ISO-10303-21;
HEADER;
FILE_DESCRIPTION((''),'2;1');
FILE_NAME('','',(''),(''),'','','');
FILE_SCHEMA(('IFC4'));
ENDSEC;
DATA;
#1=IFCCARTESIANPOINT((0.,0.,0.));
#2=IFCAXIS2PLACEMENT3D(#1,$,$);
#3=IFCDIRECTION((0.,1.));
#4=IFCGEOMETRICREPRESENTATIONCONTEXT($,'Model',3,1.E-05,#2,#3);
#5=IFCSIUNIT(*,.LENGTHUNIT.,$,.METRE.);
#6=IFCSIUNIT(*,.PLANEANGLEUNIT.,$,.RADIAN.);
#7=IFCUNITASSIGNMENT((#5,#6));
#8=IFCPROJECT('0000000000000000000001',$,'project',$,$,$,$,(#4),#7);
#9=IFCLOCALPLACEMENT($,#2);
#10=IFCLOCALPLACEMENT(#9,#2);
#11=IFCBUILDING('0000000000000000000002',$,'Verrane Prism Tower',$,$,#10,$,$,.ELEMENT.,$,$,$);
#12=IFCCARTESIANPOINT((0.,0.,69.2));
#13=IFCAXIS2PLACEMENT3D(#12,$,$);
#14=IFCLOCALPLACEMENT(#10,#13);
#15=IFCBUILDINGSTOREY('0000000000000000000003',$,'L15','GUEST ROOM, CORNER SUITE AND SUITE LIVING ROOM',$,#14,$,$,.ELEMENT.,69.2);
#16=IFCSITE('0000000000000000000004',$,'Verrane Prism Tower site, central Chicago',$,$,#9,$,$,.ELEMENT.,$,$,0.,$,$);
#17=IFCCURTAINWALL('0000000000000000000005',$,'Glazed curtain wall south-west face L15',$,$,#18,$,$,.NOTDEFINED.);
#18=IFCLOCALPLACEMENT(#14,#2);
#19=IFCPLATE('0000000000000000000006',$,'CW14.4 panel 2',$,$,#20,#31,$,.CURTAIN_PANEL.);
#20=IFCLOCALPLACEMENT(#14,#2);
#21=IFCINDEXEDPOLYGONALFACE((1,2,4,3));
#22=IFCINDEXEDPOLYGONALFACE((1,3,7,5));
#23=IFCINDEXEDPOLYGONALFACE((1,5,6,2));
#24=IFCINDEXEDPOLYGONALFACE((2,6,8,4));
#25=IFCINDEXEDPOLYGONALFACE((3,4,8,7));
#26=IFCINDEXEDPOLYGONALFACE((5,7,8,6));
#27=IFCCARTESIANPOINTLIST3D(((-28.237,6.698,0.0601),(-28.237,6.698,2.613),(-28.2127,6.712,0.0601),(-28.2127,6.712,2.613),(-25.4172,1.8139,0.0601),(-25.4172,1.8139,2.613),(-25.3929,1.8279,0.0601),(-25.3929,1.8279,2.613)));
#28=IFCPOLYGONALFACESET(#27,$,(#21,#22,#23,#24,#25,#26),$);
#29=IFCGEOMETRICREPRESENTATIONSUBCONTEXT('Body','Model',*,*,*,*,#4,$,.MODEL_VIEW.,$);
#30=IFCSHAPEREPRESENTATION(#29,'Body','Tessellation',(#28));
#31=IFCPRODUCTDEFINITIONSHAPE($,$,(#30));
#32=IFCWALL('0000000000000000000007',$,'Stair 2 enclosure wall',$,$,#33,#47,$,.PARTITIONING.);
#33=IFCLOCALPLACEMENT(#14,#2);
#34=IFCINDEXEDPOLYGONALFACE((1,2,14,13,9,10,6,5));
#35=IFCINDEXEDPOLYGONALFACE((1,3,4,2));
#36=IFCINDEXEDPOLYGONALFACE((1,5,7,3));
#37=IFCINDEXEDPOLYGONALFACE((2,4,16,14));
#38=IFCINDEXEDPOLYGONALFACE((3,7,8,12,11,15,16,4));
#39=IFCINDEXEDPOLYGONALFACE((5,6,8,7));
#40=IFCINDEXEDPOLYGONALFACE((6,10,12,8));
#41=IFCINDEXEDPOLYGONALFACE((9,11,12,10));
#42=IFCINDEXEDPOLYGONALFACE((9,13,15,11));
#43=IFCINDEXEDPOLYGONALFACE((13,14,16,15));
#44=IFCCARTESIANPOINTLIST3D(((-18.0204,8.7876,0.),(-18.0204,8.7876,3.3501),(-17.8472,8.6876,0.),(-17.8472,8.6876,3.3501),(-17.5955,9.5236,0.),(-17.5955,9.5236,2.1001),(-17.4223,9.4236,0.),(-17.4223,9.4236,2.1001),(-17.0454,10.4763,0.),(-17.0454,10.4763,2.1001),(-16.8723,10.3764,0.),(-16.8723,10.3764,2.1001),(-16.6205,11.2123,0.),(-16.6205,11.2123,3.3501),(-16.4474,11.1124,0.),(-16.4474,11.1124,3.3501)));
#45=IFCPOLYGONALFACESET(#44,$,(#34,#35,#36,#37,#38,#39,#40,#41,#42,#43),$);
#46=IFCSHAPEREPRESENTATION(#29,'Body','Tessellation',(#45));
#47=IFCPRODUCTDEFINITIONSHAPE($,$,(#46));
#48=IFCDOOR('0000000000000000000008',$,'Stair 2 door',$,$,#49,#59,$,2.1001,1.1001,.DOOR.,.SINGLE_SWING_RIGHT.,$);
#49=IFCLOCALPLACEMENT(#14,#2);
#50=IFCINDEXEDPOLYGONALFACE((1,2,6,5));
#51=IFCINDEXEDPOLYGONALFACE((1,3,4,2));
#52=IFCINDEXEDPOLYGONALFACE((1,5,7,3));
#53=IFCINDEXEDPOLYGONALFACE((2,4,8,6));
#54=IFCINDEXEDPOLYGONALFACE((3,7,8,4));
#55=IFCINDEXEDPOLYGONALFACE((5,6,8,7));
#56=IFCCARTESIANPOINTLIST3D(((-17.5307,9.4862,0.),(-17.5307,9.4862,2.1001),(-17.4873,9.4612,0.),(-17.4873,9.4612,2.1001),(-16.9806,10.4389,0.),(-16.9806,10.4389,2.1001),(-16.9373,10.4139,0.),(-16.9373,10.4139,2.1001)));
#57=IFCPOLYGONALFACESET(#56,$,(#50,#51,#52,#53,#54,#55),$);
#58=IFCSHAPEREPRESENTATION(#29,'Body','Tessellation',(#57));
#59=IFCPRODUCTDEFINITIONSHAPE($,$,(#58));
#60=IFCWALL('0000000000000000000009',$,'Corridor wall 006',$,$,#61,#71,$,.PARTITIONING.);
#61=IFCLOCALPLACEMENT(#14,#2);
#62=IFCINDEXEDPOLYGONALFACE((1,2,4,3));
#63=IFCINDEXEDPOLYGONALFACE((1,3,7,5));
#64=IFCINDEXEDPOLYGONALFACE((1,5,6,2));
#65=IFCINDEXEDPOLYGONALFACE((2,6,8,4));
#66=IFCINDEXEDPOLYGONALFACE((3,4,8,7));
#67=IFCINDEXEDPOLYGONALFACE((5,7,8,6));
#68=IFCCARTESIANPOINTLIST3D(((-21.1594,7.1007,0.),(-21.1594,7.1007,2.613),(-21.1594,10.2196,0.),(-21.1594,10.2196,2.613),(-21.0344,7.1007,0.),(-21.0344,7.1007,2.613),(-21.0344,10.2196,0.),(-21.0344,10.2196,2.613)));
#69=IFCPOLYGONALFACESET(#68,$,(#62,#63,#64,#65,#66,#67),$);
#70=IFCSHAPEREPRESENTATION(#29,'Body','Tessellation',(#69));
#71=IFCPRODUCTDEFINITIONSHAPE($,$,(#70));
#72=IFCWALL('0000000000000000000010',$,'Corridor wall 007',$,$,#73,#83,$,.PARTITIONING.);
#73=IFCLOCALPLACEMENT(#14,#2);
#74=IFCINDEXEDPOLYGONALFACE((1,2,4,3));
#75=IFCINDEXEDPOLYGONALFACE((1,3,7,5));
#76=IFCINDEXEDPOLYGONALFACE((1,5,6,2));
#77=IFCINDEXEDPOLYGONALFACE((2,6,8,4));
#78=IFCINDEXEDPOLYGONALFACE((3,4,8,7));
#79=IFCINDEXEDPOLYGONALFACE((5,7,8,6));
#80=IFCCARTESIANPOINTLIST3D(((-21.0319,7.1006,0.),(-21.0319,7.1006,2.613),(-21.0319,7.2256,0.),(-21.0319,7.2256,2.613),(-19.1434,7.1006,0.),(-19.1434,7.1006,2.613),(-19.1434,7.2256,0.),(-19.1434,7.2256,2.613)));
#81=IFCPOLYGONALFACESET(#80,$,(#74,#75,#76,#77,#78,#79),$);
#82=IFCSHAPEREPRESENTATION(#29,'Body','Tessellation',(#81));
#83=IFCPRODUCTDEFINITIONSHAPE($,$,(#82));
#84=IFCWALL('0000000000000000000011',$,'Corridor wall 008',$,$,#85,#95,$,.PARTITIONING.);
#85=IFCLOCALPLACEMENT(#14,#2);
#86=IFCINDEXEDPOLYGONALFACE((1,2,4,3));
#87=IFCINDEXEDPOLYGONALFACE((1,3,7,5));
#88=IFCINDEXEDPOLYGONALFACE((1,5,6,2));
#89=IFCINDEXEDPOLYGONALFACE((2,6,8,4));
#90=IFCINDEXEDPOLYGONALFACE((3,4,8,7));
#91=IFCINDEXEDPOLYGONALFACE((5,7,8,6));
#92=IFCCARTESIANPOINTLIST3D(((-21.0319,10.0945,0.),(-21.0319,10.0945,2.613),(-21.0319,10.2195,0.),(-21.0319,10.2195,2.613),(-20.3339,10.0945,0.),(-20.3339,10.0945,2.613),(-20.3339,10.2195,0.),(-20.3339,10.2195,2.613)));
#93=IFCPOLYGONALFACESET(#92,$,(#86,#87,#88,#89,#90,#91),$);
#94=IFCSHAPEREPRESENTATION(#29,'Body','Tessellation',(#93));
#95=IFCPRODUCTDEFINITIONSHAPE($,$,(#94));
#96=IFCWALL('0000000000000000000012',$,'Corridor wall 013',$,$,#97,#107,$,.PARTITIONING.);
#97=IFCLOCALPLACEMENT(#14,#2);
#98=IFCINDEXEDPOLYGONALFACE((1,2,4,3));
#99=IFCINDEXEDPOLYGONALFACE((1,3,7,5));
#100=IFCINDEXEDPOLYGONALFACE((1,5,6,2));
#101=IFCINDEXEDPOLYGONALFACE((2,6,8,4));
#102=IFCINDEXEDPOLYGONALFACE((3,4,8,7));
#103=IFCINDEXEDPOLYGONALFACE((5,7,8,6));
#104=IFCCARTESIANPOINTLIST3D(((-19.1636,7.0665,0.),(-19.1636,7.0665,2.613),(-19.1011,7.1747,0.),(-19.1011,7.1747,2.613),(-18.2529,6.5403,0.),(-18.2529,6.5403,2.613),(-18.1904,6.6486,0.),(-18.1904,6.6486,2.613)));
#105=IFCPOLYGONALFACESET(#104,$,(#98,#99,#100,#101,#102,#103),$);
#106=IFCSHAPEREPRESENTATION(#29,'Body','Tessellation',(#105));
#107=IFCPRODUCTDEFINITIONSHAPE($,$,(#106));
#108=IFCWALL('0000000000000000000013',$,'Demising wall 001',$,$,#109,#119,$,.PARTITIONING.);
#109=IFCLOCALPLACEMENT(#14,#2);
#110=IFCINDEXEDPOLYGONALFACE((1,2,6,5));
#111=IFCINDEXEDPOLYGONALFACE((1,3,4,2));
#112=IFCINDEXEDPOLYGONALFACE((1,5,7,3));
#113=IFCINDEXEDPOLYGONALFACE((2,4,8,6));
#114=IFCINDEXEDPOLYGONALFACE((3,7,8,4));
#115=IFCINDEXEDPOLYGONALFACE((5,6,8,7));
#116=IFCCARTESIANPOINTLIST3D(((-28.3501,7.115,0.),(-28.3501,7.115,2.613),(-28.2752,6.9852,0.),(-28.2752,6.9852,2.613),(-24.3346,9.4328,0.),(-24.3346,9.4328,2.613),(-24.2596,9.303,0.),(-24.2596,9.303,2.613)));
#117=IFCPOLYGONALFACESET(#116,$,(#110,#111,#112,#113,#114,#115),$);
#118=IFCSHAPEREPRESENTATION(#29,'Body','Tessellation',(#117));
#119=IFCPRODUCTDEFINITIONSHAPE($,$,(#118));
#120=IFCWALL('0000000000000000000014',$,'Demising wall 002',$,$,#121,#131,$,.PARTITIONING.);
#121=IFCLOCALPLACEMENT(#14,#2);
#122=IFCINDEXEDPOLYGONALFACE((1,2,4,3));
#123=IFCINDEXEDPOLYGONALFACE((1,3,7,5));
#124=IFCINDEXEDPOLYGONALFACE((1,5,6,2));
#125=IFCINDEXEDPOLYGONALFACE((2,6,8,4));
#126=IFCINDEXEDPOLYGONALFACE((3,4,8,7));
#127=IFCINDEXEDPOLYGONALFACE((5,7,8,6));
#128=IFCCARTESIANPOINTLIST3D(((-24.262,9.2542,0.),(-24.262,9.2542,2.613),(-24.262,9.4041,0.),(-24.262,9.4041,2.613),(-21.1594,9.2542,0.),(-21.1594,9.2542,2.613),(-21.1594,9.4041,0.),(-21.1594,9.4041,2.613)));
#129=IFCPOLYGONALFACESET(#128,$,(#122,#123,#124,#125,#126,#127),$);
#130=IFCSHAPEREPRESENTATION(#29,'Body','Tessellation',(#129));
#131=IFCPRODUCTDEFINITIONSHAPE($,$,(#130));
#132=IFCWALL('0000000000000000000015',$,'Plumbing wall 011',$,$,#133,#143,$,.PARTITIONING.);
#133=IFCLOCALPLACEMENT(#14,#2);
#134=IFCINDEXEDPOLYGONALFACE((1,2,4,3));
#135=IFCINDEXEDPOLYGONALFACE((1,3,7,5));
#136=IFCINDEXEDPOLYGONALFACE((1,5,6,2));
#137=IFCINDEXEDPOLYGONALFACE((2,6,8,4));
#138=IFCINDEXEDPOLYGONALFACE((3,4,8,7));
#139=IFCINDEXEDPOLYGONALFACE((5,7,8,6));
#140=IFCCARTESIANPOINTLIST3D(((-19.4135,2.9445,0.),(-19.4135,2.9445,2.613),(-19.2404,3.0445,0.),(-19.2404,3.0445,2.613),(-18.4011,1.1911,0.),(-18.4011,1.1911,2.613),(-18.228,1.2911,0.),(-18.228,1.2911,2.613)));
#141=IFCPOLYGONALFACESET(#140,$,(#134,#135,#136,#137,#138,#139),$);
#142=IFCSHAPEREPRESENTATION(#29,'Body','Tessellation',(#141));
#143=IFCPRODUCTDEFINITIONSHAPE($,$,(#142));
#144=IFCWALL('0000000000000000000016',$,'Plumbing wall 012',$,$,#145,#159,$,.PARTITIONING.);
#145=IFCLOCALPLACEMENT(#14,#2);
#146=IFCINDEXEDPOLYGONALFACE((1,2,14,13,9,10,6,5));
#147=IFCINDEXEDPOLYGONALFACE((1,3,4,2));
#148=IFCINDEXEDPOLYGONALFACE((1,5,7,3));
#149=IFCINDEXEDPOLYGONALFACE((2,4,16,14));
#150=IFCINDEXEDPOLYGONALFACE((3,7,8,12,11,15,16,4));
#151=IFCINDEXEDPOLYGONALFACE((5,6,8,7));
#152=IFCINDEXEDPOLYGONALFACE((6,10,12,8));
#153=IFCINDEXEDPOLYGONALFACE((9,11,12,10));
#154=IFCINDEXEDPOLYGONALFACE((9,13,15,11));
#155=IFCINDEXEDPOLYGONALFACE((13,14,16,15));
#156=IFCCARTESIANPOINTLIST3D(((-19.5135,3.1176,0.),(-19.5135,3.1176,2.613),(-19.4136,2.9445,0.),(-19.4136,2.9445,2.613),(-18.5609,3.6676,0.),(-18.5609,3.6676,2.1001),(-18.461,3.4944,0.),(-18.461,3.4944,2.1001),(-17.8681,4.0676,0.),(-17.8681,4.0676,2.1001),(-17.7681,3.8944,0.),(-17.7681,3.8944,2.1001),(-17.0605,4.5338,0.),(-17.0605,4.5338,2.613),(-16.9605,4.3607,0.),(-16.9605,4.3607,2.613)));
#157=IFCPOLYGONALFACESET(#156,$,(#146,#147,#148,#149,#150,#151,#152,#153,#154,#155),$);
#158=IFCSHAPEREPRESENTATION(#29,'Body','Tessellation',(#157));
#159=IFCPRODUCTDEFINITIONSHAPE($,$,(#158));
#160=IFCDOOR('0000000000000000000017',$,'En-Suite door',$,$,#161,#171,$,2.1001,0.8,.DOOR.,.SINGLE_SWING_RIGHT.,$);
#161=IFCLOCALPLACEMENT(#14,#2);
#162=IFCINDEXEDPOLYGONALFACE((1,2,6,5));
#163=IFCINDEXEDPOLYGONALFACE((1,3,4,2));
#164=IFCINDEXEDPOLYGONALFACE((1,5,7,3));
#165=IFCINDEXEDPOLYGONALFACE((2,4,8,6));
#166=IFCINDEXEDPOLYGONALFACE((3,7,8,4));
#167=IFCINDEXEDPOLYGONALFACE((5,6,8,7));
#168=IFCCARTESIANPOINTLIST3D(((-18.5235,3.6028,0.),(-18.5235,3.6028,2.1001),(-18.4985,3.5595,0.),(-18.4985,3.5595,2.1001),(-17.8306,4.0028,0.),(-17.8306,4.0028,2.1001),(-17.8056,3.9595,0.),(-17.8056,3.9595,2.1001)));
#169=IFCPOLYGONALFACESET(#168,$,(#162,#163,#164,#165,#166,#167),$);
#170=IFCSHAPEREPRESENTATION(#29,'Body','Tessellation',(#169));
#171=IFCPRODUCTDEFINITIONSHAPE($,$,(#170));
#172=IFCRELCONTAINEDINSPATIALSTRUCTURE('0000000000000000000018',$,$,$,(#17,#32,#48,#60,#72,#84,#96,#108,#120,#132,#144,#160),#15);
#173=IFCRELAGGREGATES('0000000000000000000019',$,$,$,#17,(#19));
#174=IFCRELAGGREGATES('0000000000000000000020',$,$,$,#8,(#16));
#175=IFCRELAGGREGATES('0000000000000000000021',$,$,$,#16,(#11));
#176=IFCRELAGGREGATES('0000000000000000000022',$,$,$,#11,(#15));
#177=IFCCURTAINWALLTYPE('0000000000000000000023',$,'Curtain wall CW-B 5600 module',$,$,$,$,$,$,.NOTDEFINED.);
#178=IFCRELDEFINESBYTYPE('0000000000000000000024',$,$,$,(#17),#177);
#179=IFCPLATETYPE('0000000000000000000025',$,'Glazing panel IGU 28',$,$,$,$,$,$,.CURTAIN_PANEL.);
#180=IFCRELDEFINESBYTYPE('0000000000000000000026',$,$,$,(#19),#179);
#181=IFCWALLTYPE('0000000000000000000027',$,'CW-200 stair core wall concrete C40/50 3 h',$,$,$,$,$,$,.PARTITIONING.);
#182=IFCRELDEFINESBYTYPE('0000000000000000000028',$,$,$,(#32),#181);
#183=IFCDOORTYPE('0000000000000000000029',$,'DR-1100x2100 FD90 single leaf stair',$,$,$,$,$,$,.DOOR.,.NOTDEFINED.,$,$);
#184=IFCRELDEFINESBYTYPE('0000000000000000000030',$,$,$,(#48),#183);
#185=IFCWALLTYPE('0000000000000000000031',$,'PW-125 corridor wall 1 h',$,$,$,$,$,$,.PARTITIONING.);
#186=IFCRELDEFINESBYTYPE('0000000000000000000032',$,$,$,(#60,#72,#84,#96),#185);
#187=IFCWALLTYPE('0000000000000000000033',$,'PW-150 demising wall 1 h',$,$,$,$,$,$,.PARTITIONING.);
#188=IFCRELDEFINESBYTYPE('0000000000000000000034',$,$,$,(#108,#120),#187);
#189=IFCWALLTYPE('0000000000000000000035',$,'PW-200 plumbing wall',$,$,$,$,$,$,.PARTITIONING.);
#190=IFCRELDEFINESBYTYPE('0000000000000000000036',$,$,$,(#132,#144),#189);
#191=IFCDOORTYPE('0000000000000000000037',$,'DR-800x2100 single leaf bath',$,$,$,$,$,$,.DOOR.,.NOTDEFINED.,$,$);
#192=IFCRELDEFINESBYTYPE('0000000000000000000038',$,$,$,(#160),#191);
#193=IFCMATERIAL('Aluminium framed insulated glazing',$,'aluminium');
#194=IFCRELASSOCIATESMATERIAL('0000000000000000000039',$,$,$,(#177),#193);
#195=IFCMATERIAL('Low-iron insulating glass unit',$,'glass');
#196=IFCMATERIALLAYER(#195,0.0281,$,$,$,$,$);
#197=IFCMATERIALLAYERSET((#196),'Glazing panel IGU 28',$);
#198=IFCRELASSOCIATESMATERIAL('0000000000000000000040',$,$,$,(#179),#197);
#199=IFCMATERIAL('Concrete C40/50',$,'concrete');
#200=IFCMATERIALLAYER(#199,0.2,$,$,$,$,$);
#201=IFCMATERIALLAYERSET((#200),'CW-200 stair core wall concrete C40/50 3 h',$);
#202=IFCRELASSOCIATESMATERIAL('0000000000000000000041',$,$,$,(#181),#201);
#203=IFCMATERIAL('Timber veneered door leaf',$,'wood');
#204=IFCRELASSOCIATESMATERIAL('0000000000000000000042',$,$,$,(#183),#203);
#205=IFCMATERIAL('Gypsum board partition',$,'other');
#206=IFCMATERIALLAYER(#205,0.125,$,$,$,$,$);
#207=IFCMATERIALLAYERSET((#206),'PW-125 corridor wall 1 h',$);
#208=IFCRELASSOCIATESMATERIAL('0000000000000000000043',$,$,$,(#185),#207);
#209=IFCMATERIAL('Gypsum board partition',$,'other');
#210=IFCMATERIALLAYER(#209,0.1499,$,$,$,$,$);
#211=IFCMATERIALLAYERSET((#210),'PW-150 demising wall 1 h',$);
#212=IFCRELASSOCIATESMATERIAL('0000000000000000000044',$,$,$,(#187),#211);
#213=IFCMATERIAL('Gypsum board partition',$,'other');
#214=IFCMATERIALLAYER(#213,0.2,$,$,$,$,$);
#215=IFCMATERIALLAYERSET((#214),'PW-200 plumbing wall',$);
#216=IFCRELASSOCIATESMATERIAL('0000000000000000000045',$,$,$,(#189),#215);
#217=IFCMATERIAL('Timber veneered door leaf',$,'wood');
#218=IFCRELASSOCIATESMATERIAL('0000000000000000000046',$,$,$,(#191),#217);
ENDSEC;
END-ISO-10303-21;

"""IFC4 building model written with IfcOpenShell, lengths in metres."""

from ifc_helpers import new_model, si_unit, direction, frame, frame_2d, origin, origin_2d, place, context, subcontext, project, spatial, rectangle, extrude, material, layer, layer_set, type_object, element, fill, aggregate, save


model = new_model("IFC4")

# Units and contexts
model_context = context("Model", 3, precision=1e-05, world=origin(), true_north=direction((0.0, 1.0)))
body_context = subcontext(model_context, "Body", "Model", "MODEL_VIEW")
ifc_project = project(units=[si_unit("LENGTHUNIT", "METRE"), si_unit("PLANEANGLEUNIT", "RADIAN")], contexts=[model_context])

# Site, building, storey
site_placement = place(None, origin())
site = spatial("IfcSite", under=ifc_project, at=site_placement, Name="Verrane Prism Tower site, central Chicago", CompositionType="ELEMENT", RefElevation=0.0)
building_placement = place(site_placement, origin())
building = spatial("IfcBuilding", under=site, at=building_placement, Name="Verrane Prism Tower", CompositionType="ELEMENT")
storey_placement = place(building_placement, frame((0.0, 0.0, 69.2)))
storey = spatial("IfcBuildingStorey", under=building, at=storey_placement, Name="L15", Description="GUEST ROOM, CORNER SUITE AND SUITE LIVING ROOM", CompositionType="ELEMENT", Elevation=69.2)

# Curtain wall
ifc_material_1 = material(Name="Aluminium framed insulated glazing", Category="aluminium")
curtain_wall_type = type_object("IfcCurtainWallType", Name="Curtain wall CW-B 5600 module", PredefinedType="NOTDEFINED", material=ifc_material_1)
curtain_wall_placement = place(storey_placement, origin())
curtain_wall = element("IfcCurtainWall", 1, at=curtain_wall_placement, inside=storey, type_object=curtain_wall_type, Name="Glazed curtain wall south-west face L15", PredefinedType="NOTDEFINED")

# Plate
ifc_material_2 = material(Name="Low-iron insulating glass unit", Category="glass")
ifc_layer_1 = layer(ifc_material_2, 0.0281)
ifc_layer_set_1 = layer_set([ifc_layer_1], Name="Glazing panel IGU 28")
plate_type = type_object("IfcPlateType", Name="Glazing panel IGU 28", PredefinedType="CURTAIN_PANEL", material=ifc_layer_set_1)
plate_1_placement = place(storey_placement, frame((-26.8149, 4.2629, 0.0601), z_axis=(0.0, 0.0, 1.0), x_axis=(0.5, -0.866025, 0.0)))
plate_1 = element("IfcPlate", 2, at=plate_1_placement, type_object=plate_type, Name="CW14.4 panel 2", PredefinedType="CURTAIN_PANEL", context=body_context, shape_type="SweptSolid", body=[
    extrude(rectangle(XDim=5.6396, YDim=0.0281, at=origin_2d()), origin(), (0.0, 0.0, 1.0), 2.553),
])
aggregate(curtain_wall, [plate_1])

# Wall, opening, door
ifc_material_3 = material(Name="Concrete C40/50", Category="concrete")
ifc_layer_2 = layer(ifc_material_3, 0.2)
ifc_layer_set_2 = layer_set([ifc_layer_2], Name="CW-200 stair core wall concrete C40/50 3 h")
wall_type_1 = type_object("IfcWallType", Name="CW-200 stair core wall concrete C40/50 3 h", PredefinedType="PARTITIONING", material=ifc_layer_set_2)
wall_1_placement = place(storey_placement, frame((-16.5339, 11.1624, 0.0), z_axis=(0.0, 0.0, 1.0), x_axis=(-0.499984, -0.866035, 0.0)))
wall_1 = element("IfcWall", 3, at=wall_1_placement, inside=storey, type_object=wall_type_1, Name="Stair 2 enclosure wall", PredefinedType="PARTITIONING", context=body_context, shape_type="SweptSolid", body=[
    extrude(rectangle(XDim=2.7998, YDim=0.2, at=frame_2d((1.3999, 0.0))), origin(), (0.0, 0.0, 1.0), 3.3501),
])
opening_1_placement = place(wall_1_placement, frame((0.8499, 0.0, 0.0)))
opening_1 = element("IfcOpeningElement", 4, at=opening_1_placement, cuts=wall_1, PredefinedType="OPENING", context=body_context, shape_type="SweptSolid", body=[
    extrude(rectangle(XDim=1.1001, YDim=2.1001, at=frame_2d((0.55, 1.05))), frame((0.0, 0.1099, 0.0), z_axis=(0.0, -1.0, 0.0), x_axis=(1.0, 0.0, 0.0)), (0.0, 0.0, 1.0), 0.22),
])
ifc_material_4 = material(Name="Timber veneered door leaf", Category="wood")
door_type_1 = type_object("IfcDoorType", Name="DR-1100x2100 FD90 single leaf stair", OperationType="NOTDEFINED", PredefinedType="DOOR", material=ifc_material_4)
door_1_placement = place(opening_1_placement, origin())
door_1 = element("IfcDoor", 5, at=door_1_placement, inside=storey, type_object=door_type_1, Name="Stair 2 door", OperationType="SINGLE_SWING_RIGHT", OverallHeight=2.1001, OverallWidth=1.1001, PredefinedType="DOOR", context=body_context, shape_type="SweptSolid", body=[
    extrude(rectangle(XDim=1.1001, YDim=2.1001, at=frame_2d((0.55, 1.05))), frame((0.0, 0.0249, 0.0), z_axis=(0.0, -1.0, 0.0), x_axis=(1.0, 0.0, 0.0)), (0.0, 0.0, 1.0), 0.05),
])
fill(opening_1, door_1)

# Walls
ifc_material_5 = material(Name="Gypsum board partition", Category="other")
ifc_layer_3 = layer(ifc_material_5, 0.125)
ifc_layer_set_3 = layer_set([ifc_layer_3], Name="PW-125 corridor wall 1 h")
wall_type_2 = type_object("IfcWallType", Name="PW-125 corridor wall 1 h", PredefinedType="PARTITIONING", material=ifc_layer_set_3)
wall_2_placement = place(storey_placement, frame((-21.0969, 7.1006, 0.0), z_axis=(0.0, 0.0, 1.0), x_axis=(0.0, 1.0, 0.0)))
element("IfcWall", 6, at=wall_2_placement, inside=storey, type_object=wall_type_2, Name="Corridor wall 006", PredefinedType="PARTITIONING", context=body_context, shape_type="SweptSolid", body=[
    extrude(rectangle(XDim=3.1189, YDim=0.125, at=frame_2d((1.5596, 0.0))), origin(), (0.0, 0.0, 1.0), 2.613),
])
wall_3_placement = place(storey_placement, frame((-21.032, 7.1631, 0.0), z_axis=(0.0, 0.0, 1.0), x_axis=(1.0, 0.0, 0.0)))
element("IfcWall", 7, at=wall_3_placement, inside=storey, type_object=wall_type_2, Name="Corridor wall 007", PredefinedType="PARTITIONING", context=body_context, shape_type="SweptSolid", body=[
    extrude(rectangle(XDim=1.8884, YDim=0.125, at=frame_2d((0.9443, 0.0))), origin(), (0.0, 0.0, 1.0), 2.613),
])
wall_4_placement = place(storey_placement, frame((-21.032, 10.157, 0.0), z_axis=(0.0, 0.0, 1.0), x_axis=(1.0, 0.0, 0.0)))
element("IfcWall", 8, at=wall_4_placement, inside=storey, type_object=wall_type_2, Name="Corridor wall 008", PredefinedType="PARTITIONING", context=body_context, shape_type="SweptSolid", body=[
    extrude(rectangle(XDim=0.698, YDim=0.125, at=frame_2d((0.3491, 0.0))), origin(), (0.0, 0.0, 1.0), 2.613),
])
wall_5_placement = place(storey_placement, frame((-19.1323, 7.1206, 0.0), z_axis=(0.0, 0.0, 1.0), x_axis=(0.865876, -0.500258, 0.0)))
element("IfcWall", 9, at=wall_5_placement, inside=storey, type_object=wall_type_2, Name="Corridor wall 013", PredefinedType="PARTITIONING", context=body_context, shape_type="SweptSolid", body=[
    extrude(rectangle(XDim=1.0518, YDim=0.125, at=frame_2d((0.5259, 0.0))), origin(), (0.0, 0.0, 1.0), 2.613),
])
ifc_material_6 = material(Name="Gypsum board partition", Category="other")
ifc_layer_4 = layer(ifc_material_6, 0.1499)
ifc_layer_set_4 = layer_set([ifc_layer_4], Name="PW-150 demising wall 1 h")
wall_type_3 = type_object("IfcWallType", Name="PW-150 demising wall 1 h", PredefinedType="PARTITIONING", material=ifc_layer_set_4)
wall_6_placement = place(storey_placement, frame((-28.3127, 7.05, 0.0), z_axis=(0.0, 0.0, 1.0), x_axis=(0.866077, 0.499911, 0.0)))
element("IfcWall", 10, at=wall_6_placement, inside=storey, type_object=wall_type_3, Name="Demising wall 001", PredefinedType="PARTITIONING", context=body_context, shape_type="SweptSolid", body=[
    extrude(rectangle(XDim=4.6365, YDim=0.1499, at=frame_2d((2.3184, 0.0))), origin(), (0.0, 0.0, 1.0), 2.613),
])
wall_7_placement = place(storey_placement, frame((-24.262, 9.3291, 0.0), z_axis=(0.0, 0.0, 1.0), x_axis=(1.0, 0.0, 0.0)))
element("IfcWall", 11, at=wall_7_placement, inside=storey, type_object=wall_type_3, Name="Demising wall 002", PredefinedType="PARTITIONING", context=body_context, shape_type="SweptSolid", body=[
    extrude(rectangle(XDim=3.1025, YDim=0.1499, at=frame_2d((1.5513, 0.0))), origin(), (0.0, 0.0, 1.0), 2.613),
])
ifc_material_7 = material(Name="Gypsum board partition", Category="other")
ifc_layer_5 = layer(ifc_material_7, 0.2)
ifc_layer_set_5 = layer_set([ifc_layer_5], Name="PW-200 plumbing wall")
wall_type_4 = type_object("IfcWallType", Name="PW-200 plumbing wall", PredefinedType="PARTITIONING", material=ifc_layer_set_5)
wall_8_placement = place(storey_placement, frame((-19.3269, 2.9944, 0.0), z_axis=(0.0, 0.0, 1.0), x_axis=(0.500043, -0.866001, 0.0)))
element("IfcWall", 12, at=wall_8_placement, inside=storey, type_object=wall_type_4, Name="Plumbing wall 011", PredefinedType="PARTITIONING", context=body_context, shape_type="SweptSolid", body=[
    extrude(rectangle(XDim=2.0247, YDim=0.2, at=frame_2d((1.0122, 0.0))), origin(), (0.0, 0.0, 1.0), 2.613),
])

# Wall, opening, door
wall_9_placement = place(storey_placement, frame((-17.0105, 4.4473, 0.0), z_axis=(0.0, 0.0, 1.0), x_axis=(-0.866033, -0.499986, 0.0)))
wall_9 = element("IfcWall", 13, at=wall_9_placement, inside=storey, type_object=wall_type_4, Name="Plumbing wall 012", PredefinedType="PARTITIONING", context=body_context, shape_type="SweptSolid", body=[
    extrude(rectangle(XDim=2.8325, YDim=0.2, at=frame_2d((1.4163, 0.0))), origin(), (0.0, 0.0, 1.0), 2.613),
])
opening_2_placement = place(wall_9_placement, frame((0.9326, 0.0, 0.0)))
opening_2 = element("IfcOpeningElement", 14, at=opening_2_placement, cuts=wall_9, PredefinedType="OPENING", context=body_context, shape_type="SweptSolid", body=[
    extrude(rectangle(XDim=0.8, YDim=2.1001, at=frame_2d((0.3999, 1.05))), frame((0.0, 0.1099, 0.0), z_axis=(0.0, -1.0, 0.0), x_axis=(1.0, 0.0, 0.0)), (0.0, 0.0, 1.0), 0.22),
])
ifc_material_8 = material(Name="Timber veneered door leaf", Category="wood")
door_type_2 = type_object("IfcDoorType", Name="DR-800x2100 single leaf bath", OperationType="NOTDEFINED", PredefinedType="DOOR", material=ifc_material_8)
door_2_placement = place(opening_2_placement, origin())
door_2 = element("IfcDoor", 15, at=door_2_placement, inside=storey, type_object=door_type_2, Name="En-Suite door", OperationType="SINGLE_SWING_RIGHT", OverallHeight=2.1001, OverallWidth=0.8, PredefinedType="DOOR", context=body_context, shape_type="SweptSolid", body=[
    extrude(rectangle(XDim=0.8, YDim=2.1001, at=frame_2d((0.3999, 1.05))), frame((0.0, 0.0249, 0.0), z_axis=(0.0, -1.0, 0.0), x_axis=(1.0, 0.0, 0.0)), (0.0, 0.0, 1.0), 0.05),
])
fill(opening_2, door_2)

save(model, "model.ifc")
